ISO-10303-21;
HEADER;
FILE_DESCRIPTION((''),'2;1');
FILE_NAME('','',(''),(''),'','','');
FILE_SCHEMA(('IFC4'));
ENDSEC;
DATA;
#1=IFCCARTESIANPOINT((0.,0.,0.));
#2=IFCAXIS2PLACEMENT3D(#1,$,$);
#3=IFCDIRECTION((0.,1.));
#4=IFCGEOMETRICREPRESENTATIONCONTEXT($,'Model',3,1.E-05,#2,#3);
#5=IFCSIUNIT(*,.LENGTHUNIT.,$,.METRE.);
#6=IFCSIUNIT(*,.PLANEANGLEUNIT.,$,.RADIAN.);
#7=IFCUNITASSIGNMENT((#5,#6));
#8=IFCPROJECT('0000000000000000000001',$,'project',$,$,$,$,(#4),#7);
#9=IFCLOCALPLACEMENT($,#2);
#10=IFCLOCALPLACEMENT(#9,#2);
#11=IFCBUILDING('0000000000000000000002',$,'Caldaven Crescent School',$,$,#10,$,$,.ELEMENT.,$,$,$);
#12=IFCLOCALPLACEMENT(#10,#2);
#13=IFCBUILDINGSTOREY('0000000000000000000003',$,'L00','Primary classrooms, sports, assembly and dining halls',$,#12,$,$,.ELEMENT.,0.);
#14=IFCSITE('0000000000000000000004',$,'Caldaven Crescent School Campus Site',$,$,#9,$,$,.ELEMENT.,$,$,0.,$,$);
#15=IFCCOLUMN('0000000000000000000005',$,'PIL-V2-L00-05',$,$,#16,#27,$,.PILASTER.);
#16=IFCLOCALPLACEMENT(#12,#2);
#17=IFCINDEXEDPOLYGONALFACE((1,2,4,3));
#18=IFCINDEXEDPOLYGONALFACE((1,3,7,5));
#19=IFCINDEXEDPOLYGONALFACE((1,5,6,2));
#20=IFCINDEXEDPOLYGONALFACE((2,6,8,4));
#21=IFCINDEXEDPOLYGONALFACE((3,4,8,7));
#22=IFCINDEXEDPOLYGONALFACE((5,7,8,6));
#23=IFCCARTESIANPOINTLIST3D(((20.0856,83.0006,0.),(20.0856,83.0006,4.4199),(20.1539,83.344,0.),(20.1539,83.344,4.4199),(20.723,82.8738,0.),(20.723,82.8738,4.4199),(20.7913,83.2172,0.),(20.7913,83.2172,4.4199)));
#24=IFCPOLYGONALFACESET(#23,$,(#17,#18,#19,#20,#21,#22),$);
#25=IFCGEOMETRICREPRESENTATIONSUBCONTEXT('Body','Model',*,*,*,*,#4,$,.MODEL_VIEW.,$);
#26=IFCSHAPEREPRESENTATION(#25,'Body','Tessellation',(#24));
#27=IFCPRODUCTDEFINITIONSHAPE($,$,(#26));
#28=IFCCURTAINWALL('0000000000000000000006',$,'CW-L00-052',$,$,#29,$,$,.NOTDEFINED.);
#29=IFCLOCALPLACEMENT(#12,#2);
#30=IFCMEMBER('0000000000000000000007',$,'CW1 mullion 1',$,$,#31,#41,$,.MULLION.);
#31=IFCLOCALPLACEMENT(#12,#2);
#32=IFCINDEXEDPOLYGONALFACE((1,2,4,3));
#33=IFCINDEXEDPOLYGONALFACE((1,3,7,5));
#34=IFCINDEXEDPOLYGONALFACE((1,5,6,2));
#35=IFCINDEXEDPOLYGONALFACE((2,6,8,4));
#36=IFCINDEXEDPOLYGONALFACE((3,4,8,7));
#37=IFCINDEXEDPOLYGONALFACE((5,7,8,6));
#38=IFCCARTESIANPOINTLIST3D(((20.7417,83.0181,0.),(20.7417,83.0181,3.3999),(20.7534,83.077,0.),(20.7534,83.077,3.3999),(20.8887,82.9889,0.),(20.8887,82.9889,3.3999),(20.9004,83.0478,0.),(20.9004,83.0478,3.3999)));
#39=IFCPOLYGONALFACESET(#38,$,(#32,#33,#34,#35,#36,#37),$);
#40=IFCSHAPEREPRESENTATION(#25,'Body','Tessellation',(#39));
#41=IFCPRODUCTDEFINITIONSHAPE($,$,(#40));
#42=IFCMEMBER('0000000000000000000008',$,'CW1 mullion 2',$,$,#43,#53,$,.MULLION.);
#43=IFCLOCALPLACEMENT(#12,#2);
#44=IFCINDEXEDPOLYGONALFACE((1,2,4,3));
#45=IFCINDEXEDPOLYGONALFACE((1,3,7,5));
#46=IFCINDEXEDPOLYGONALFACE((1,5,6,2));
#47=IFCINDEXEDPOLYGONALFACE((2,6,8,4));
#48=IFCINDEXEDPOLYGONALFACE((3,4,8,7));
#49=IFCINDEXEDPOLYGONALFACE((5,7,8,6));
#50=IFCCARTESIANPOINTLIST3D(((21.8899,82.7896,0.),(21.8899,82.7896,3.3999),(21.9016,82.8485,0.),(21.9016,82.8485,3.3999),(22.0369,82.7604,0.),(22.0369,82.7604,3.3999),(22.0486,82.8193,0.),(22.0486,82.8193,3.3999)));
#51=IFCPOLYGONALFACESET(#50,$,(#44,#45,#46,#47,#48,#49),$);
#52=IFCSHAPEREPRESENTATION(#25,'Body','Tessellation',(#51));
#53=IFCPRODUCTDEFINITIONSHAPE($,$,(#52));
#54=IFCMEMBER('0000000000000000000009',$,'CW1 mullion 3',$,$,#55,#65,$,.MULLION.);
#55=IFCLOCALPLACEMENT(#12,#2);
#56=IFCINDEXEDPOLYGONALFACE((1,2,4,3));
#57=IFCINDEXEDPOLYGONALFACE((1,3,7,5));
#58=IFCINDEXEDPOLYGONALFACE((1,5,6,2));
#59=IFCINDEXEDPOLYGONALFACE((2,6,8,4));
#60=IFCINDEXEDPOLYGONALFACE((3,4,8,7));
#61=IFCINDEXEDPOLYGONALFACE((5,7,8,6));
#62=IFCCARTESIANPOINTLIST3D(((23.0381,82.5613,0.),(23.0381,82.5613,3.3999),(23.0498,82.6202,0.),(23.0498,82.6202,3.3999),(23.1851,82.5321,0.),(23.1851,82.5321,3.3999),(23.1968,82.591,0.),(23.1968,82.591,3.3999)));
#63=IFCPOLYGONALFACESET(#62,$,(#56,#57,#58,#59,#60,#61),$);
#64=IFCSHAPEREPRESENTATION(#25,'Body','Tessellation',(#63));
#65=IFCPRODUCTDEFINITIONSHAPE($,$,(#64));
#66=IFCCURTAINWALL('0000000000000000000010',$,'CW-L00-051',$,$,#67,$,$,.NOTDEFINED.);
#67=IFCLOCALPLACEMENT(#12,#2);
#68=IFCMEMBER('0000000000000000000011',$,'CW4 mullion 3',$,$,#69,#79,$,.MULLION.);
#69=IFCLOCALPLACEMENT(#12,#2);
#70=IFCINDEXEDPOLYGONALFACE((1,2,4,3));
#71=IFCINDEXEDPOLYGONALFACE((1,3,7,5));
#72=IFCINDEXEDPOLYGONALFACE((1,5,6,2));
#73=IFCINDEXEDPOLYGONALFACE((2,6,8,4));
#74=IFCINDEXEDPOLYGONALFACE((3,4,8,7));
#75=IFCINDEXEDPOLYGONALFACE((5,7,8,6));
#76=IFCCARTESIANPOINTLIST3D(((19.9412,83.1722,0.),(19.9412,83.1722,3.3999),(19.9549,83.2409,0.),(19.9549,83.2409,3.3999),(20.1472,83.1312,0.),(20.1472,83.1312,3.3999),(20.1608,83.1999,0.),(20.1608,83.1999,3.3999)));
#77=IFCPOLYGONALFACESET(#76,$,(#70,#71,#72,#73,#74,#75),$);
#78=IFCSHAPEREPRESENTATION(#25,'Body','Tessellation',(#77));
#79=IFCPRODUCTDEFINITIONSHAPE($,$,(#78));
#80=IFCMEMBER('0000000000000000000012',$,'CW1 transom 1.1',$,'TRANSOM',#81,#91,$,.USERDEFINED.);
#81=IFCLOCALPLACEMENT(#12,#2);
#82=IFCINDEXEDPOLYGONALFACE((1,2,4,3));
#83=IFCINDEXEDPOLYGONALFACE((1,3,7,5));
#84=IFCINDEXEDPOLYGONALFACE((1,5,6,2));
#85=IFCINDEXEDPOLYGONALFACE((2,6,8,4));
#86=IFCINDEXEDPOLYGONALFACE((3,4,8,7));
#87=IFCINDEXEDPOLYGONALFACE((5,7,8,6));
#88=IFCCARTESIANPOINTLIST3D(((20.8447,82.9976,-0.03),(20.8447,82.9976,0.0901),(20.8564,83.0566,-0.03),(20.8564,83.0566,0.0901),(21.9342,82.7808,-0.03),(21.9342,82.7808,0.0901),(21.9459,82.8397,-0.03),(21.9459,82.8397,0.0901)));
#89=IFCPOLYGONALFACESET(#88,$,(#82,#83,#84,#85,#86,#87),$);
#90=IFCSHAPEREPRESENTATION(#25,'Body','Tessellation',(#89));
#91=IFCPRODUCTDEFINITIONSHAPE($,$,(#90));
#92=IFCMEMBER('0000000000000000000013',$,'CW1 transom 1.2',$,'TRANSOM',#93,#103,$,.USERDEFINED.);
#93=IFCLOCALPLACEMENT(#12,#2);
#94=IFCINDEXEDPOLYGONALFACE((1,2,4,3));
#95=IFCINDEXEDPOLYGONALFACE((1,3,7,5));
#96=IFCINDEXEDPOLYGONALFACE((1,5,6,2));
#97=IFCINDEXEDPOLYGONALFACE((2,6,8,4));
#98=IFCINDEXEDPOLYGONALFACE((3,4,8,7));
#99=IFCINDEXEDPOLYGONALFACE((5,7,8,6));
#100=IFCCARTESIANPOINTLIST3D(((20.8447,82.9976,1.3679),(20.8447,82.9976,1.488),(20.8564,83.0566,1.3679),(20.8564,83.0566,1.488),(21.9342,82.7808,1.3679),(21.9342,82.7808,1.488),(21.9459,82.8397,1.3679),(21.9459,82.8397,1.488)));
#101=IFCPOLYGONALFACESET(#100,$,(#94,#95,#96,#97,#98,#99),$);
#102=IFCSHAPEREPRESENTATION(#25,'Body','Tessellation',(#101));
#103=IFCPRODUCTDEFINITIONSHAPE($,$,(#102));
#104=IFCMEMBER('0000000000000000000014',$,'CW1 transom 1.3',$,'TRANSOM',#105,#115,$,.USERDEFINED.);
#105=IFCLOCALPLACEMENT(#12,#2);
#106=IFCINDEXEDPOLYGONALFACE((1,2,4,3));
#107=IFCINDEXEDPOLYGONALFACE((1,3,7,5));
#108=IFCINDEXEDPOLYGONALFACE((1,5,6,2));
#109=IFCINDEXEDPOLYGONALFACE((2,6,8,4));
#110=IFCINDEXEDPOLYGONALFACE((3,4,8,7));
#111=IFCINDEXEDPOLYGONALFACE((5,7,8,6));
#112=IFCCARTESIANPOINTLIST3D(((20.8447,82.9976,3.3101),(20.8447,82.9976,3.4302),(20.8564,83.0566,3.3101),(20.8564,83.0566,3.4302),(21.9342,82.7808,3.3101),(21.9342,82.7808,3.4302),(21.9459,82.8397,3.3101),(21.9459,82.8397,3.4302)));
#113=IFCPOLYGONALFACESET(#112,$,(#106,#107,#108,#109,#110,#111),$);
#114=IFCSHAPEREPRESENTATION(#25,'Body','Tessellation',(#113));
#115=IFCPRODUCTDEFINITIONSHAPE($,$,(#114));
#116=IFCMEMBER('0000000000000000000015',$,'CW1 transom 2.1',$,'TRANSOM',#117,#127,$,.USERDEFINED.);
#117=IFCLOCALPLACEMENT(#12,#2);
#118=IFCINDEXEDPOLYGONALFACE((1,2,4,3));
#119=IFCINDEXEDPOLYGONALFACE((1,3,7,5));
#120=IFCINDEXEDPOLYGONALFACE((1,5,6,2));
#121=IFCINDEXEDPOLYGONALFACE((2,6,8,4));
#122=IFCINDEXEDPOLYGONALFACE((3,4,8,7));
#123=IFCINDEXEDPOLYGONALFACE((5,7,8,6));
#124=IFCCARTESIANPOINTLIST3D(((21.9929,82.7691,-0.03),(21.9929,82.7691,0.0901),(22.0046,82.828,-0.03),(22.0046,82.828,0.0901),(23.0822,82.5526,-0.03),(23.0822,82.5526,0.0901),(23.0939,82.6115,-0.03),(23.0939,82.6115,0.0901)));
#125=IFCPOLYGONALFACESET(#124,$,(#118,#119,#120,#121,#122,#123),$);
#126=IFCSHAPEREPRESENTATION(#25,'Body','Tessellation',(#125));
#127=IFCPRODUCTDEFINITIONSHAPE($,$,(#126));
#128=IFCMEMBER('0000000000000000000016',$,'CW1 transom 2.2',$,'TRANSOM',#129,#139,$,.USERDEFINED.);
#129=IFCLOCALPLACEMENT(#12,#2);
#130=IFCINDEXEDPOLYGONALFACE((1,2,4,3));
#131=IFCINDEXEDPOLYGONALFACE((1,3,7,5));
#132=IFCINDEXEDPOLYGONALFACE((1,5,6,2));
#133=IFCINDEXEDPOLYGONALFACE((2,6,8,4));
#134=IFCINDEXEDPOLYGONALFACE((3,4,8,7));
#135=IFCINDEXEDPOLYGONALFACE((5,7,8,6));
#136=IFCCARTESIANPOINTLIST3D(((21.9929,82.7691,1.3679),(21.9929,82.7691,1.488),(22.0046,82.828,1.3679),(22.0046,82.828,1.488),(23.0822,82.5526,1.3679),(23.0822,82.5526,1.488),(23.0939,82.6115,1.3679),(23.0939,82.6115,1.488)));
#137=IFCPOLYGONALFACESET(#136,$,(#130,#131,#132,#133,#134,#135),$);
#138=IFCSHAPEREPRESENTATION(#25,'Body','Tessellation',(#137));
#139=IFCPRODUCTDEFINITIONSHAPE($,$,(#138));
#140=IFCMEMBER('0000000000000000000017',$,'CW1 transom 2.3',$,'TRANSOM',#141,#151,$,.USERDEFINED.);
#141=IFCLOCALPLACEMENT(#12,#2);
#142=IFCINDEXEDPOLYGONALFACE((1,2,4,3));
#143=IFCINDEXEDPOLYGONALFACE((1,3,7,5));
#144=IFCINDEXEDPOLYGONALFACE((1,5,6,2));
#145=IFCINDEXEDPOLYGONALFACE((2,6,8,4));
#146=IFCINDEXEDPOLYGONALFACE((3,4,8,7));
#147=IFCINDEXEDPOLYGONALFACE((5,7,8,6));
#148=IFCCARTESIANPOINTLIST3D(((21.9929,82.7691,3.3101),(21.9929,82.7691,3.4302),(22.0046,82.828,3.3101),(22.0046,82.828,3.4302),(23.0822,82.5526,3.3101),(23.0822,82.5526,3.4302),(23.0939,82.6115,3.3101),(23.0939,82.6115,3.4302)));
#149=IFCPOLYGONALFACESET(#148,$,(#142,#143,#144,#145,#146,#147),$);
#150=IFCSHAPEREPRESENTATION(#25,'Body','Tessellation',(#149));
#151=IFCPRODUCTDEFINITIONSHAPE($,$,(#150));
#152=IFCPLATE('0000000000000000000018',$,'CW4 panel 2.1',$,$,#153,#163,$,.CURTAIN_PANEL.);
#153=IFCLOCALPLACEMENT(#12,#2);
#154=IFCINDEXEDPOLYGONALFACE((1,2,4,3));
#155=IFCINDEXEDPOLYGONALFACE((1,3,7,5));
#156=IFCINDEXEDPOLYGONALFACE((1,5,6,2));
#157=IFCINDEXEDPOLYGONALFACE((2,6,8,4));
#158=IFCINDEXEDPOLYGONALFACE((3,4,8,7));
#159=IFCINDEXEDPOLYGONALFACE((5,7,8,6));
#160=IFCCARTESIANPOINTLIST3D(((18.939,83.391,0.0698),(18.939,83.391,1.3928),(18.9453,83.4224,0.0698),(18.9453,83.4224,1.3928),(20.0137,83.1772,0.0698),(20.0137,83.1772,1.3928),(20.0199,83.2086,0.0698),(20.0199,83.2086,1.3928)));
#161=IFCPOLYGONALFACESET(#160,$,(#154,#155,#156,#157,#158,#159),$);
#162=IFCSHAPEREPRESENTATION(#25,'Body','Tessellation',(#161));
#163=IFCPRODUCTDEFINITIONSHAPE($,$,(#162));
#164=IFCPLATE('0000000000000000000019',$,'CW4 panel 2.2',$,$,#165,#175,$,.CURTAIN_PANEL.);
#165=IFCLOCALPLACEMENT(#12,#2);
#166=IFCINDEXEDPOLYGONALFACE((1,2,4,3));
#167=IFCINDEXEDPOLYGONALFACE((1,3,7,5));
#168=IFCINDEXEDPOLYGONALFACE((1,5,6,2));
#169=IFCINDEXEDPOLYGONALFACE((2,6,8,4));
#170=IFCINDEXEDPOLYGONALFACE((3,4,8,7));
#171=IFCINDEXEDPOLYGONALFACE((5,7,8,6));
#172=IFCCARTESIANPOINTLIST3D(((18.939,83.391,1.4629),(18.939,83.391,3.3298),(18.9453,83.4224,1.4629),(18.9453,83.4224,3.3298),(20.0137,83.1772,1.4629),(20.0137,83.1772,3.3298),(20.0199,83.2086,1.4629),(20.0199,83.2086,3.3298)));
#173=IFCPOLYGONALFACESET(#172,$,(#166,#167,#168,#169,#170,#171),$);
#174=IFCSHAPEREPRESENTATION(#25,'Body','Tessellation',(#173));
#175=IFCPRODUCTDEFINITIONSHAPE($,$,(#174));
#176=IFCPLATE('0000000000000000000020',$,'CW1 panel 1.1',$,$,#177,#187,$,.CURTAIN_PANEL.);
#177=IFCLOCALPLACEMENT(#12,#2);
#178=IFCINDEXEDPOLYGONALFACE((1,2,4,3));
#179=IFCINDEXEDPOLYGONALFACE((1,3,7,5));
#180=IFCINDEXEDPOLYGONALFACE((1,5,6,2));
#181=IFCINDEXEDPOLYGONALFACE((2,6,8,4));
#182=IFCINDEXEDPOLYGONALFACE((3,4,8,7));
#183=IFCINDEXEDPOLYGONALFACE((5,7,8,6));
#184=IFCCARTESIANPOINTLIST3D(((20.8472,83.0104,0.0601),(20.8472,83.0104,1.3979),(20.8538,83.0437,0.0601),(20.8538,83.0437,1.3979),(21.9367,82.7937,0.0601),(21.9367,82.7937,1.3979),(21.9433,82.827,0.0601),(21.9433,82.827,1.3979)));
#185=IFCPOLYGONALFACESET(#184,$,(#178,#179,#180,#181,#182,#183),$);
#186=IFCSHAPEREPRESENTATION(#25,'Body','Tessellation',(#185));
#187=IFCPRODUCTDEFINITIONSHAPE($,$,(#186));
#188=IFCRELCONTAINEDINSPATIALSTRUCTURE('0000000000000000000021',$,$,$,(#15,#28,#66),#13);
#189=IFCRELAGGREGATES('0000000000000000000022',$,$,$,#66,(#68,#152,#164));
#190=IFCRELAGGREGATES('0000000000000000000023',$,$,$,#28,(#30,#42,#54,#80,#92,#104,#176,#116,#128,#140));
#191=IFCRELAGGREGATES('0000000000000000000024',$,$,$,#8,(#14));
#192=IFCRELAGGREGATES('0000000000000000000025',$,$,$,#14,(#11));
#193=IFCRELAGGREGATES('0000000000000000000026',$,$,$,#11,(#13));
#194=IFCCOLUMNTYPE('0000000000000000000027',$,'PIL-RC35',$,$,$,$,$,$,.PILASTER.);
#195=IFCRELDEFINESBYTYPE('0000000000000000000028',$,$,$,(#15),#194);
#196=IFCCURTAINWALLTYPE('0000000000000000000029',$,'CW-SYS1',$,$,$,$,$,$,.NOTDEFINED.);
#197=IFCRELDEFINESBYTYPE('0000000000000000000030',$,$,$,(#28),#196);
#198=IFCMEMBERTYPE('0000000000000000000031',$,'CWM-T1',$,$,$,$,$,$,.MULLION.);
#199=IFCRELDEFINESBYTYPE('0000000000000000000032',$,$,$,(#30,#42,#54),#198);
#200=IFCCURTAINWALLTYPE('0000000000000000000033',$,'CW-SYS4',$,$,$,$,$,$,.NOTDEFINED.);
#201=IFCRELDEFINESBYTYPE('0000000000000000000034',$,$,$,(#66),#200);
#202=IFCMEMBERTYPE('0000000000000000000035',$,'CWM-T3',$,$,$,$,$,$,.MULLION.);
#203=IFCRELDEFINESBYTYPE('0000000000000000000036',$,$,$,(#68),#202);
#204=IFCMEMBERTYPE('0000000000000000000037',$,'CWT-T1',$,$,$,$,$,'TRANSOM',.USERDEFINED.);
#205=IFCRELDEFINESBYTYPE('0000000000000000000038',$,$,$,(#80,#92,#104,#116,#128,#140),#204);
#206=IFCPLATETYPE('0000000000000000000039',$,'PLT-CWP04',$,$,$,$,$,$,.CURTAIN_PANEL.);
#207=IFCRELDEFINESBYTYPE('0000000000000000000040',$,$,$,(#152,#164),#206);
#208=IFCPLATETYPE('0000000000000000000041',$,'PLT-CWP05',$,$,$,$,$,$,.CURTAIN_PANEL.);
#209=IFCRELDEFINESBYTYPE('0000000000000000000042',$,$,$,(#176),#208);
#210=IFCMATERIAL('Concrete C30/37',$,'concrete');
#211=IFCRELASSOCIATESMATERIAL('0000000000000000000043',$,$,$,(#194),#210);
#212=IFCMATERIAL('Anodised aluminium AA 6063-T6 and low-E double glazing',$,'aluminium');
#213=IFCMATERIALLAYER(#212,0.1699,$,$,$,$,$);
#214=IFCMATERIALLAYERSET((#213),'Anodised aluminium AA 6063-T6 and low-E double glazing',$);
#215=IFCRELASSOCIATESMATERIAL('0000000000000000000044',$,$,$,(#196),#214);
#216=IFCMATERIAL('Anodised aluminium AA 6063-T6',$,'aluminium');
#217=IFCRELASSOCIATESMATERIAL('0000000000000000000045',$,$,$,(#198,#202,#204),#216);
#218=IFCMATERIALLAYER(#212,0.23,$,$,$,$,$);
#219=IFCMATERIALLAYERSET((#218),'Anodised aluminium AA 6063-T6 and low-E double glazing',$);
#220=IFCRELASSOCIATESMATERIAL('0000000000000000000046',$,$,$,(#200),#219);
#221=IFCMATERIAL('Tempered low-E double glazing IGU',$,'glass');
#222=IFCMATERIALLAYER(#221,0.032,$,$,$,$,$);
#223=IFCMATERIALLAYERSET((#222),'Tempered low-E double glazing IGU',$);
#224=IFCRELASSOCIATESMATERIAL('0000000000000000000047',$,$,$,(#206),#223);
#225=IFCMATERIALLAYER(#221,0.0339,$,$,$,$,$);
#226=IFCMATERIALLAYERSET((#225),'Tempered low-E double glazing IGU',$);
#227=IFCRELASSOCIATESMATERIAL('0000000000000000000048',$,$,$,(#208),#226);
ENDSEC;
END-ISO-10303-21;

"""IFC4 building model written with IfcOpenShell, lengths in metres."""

from ifc_helpers import new_model, si_unit, direction, frame, origin, origin_2d, place, context, subcontext, project, spatial, rectangle, extrude, material, layer, layer_set, material_profile, profile_set, type_object, element, aggregate, save


model = new_model("IFC4")

# Units and contexts
model_context = context("Model", 3, precision=1e-05, world=origin(), true_north=direction((0.0, 1.0)))
body_context = subcontext(model_context, "Body", "Model", "MODEL_VIEW")
ifc_project = project(units=[si_unit("LENGTHUNIT", "METRE"), si_unit("PLANEANGLEUNIT", "RADIAN")], contexts=[model_context])

# Site, building, storey
site_placement = place(None, origin())
site = spatial("IfcSite", under=ifc_project, at=site_placement, Name="Caldaven Crescent School Campus Site", CompositionType="ELEMENT", RefElevation=0.0)
building_placement = place(site_placement, origin())
building = spatial("IfcBuilding", under=site, at=building_placement, Name="Caldaven Crescent School", CompositionType="ELEMENT")
storey_placement = place(building_placement, origin())
storey = spatial("IfcBuildingStorey", under=building, at=storey_placement, Name="L00", Description="Primary classrooms, sports, assembly and dining halls", CompositionType="ELEMENT", Elevation=0.0)

# Column
ifc_material_1 = material(Name="Concrete C30/37", Category="concrete")
ifc_material_profile_1 = material_profile(ifc_material_1, rectangle(XDim=0.3501, YDim=0.6499, at=origin_2d()), Name="RC 350x650")
ifc_profile_set_1 = profile_set([ifc_material_profile_1], Name="Concrete C30/37")
column_type = type_object("IfcColumnType", Name="PIL-RC35", PredefinedType="PILASTER", material=ifc_profile_set_1)
column_placement = place(storey_placement, frame((20.4385, 83.1089, 0.0), z_axis=(0.0, 0.0, 1.0), x_axis=(-0.19509, -0.980785, 0.0)))
element("IfcColumn", 1, at=column_placement, inside=storey, type_object=column_type, Name="PIL-V2-L00-05", PredefinedType="PILASTER", context=body_context, shape_type="SweptSolid", body=[
    extrude(rectangle(XDim=0.3501, YDim=0.6499, at=origin_2d()), origin(), (0.0, 0.0, 1.0), 4.4199),
])

# Curtain wall, members
ifc_material_2 = material(Name="Anodised aluminium AA 6063-T6 and low-E double glazing", Category="aluminium")
ifc_layer_1 = layer(ifc_material_2, 0.1699)
ifc_layer_set_1 = layer_set([ifc_layer_1], Name="Anodised aluminium AA 6063-T6 and low-E double glazing")
curtain_wall_type_1 = type_object("IfcCurtainWallType", Name="CW-SYS1", PredefinedType="NOTDEFINED", material=ifc_layer_set_1)
curtain_wall_1_placement = place(storey_placement, origin())
curtain_wall_1 = element("IfcCurtainWall", 2, at=curtain_wall_1_placement, inside=storey, type_object=curtain_wall_type_1, Name="CW-L00-052", PredefinedType="NOTDEFINED")
ifc_material_3 = material(Name="Anodised aluminium AA 6063-T6", Category="aluminium")
ifc_material_profile_2 = material_profile(ifc_material_3, rectangle(XDim=0.0601, YDim=0.1499, at=origin_2d()), Name="CWM 60x150")
ifc_profile_set_2 = profile_set([ifc_material_profile_2], Name="Anodised aluminium AA 6063-T6")
member_type_1 = type_object("IfcMemberType", Name="CWM-T1", PredefinedType="MULLION", material=ifc_profile_set_2)
member_1_placement = place(storey_placement, frame((20.821, 83.033, 0.0), z_axis=(0.0, 0.0, 1.0), x_axis=(0.195091, 0.980785, 0.0)))
member_1 = element("IfcMember", 3, at=member_1_placement, type_object=member_type_1, Name="CW1 mullion 1", PredefinedType="MULLION", context=body_context, shape_type="SweptSolid", body=[
    extrude(rectangle(XDim=0.0601, YDim=0.1499, at=origin_2d()), origin(), (0.0, 0.0, 1.0), 3.3999),
])
member_2_placement = place(storey_placement, frame((21.9692, 82.8044, 0.0), z_axis=(0.0, 0.0, 1.0), x_axis=(0.195091, 0.980785, 0.0)))
member_2 = element("IfcMember", 4, at=member_2_placement, type_object=member_type_1, Name="CW1 mullion 2", PredefinedType="MULLION", context=body_context, shape_type="SweptSolid", body=[
    extrude(rectangle(XDim=0.0601, YDim=0.1499, at=origin_2d()), origin(), (0.0, 0.0, 1.0), 3.3999),
])
member_3_placement = place(storey_placement, frame((23.1174, 82.5762, 0.0), z_axis=(0.0, 0.0, 1.0), x_axis=(0.195091, 0.980785, 0.0)))
member_3 = element("IfcMember", 5, at=member_3_placement, type_object=member_type_1, Name="CW1 mullion 3", PredefinedType="MULLION", context=body_context, shape_type="SweptSolid", body=[
    extrude(rectangle(XDim=0.0601, YDim=0.1499, at=origin_2d()), origin(), (0.0, 0.0, 1.0), 3.3999),
])

# Curtain wall, member
ifc_layer_2 = layer(ifc_material_2, 0.23)
ifc_layer_set_2 = layer_set([ifc_layer_2], Name="Anodised aluminium AA 6063-T6 and low-E double glazing")
curtain_wall_type_2 = type_object("IfcCurtainWallType", Name="CW-SYS4", PredefinedType="NOTDEFINED", material=ifc_layer_set_2)
curtain_wall_2_placement = place(storey_placement, origin())
curtain_wall_2 = element("IfcCurtainWall", 6, at=curtain_wall_2_placement, inside=storey, type_object=curtain_wall_type_2, Name="CW-L00-051", PredefinedType="NOTDEFINED")
ifc_material_profile_3 = material_profile(ifc_material_3, rectangle(XDim=0.0701, YDim=0.21, at=origin_2d()), Name="CWM 70x210")
ifc_profile_set_3 = profile_set([ifc_material_profile_3], Name="Anodised aluminium AA 6063-T6")
member_type_2 = type_object("IfcMemberType", Name="CWM-T3", PredefinedType="MULLION", material=ifc_profile_set_3)
member_4_placement = place(storey_placement, frame((20.051, 83.186, 0.0), z_axis=(0.0, 0.0, 1.0), x_axis=(0.195087, 0.980786, 0.0)))
member_4 = element("IfcMember", 7, at=member_4_placement, type_object=member_type_2, Name="CW4 mullion 3", PredefinedType="MULLION", context=body_context, shape_type="SweptSolid", body=[
    extrude(rectangle(XDim=0.0701, YDim=0.21, at=origin_2d()), origin(), (0.0, 0.0, 1.0), 3.3999),
])

# Members
ifc_material_profile_4 = material_profile(ifc_material_3, rectangle(XDim=0.0601, YDim=0.1201, at=origin_2d()), Name="CWT 60x120")
ifc_profile_set_4 = profile_set([ifc_material_profile_4], Name="Anodised aluminium AA 6063-T6")
member_type_3 = type_object("IfcMemberType", Name="CWT-T1", ElementType="TRANSOM", PredefinedType="USERDEFINED", material=ifc_profile_set_4)
member_5_placement = place(storey_placement, frame((20.8506, 83.0271, 0.03), z_axis=(0.980766, -0.195186, 0.0), x_axis=(0.195186, 0.980766, 0.0)))
member_5 = element("IfcMember", 8, at=member_5_placement, type_object=member_type_3, Name="CW1 transom 1.1", ObjectType="TRANSOM", PredefinedType="USERDEFINED", context=body_context, shape_type="SweptSolid", body=[
    extrude(rectangle(XDim=0.0601, YDim=0.1201, at=origin_2d()), origin(), (0.0, 0.0, 1.0), 1.1108),
])
member_6_placement = place(storey_placement, frame((20.8506, 83.0271, 1.428), z_axis=(0.980766, -0.195186, 0.0), x_axis=(0.195186, 0.980766, 0.0)))
member_6 = element("IfcMember", 9, at=member_6_placement, type_object=member_type_3, Name="CW1 transom 1.2", ObjectType="TRANSOM", PredefinedType="USERDEFINED", context=body_context, shape_type="SweptSolid", body=[
    extrude(rectangle(XDim=0.0601, YDim=0.1201, at=origin_2d()), origin(), (0.0, 0.0, 1.0), 1.1108),
])
member_7_placement = place(storey_placement, frame((20.8506, 83.0271, 3.3701), z_axis=(0.980766, -0.195186, 0.0), x_axis=(0.195186, 0.980766, 0.0)))
member_7 = element("IfcMember", 10, at=member_7_placement, type_object=member_type_3, Name="CW1 transom 1.3", ObjectType="TRANSOM", PredefinedType="USERDEFINED", context=body_context, shape_type="SweptSolid", body=[
    extrude(rectangle(XDim=0.0601, YDim=0.1201, at=origin_2d()), origin(), (0.0, 0.0, 1.0), 1.1108),
])
member_8_placement = place(storey_placement, frame((21.9988, 82.7986, 0.03), z_axis=(0.980808, -0.194975, 0.0), x_axis=(0.194975, 0.980808, 0.0)))
member_8 = element("IfcMember", 11, at=member_8_placement, type_object=member_type_3, Name="CW1 transom 2.1", ObjectType="TRANSOM", PredefinedType="USERDEFINED", context=body_context, shape_type="SweptSolid", body=[
    extrude(rectangle(XDim=0.0601, YDim=0.1201, at=origin_2d()), origin(), (0.0, 0.0, 1.0), 1.1106),
])
member_9_placement = place(storey_placement, frame((21.9988, 82.7986, 1.428), z_axis=(0.980808, -0.194975, 0.0), x_axis=(0.194975, 0.980808, 0.0)))
member_9 = element("IfcMember", 12, at=member_9_placement, type_object=member_type_3, Name="CW1 transom 2.2", ObjectType="TRANSOM", PredefinedType="USERDEFINED", context=body_context, shape_type="SweptSolid", body=[
    extrude(rectangle(XDim=0.0601, YDim=0.1201, at=origin_2d()), origin(), (0.0, 0.0, 1.0), 1.1106),
])
member_10_placement = place(storey_placement, frame((21.9988, 82.7986, 3.3701), z_axis=(0.980808, -0.194975, 0.0), x_axis=(0.194975, 0.980808, 0.0)))
member_10 = element("IfcMember", 13, at=member_10_placement, type_object=member_type_3, Name="CW1 transom 2.3", ObjectType="TRANSOM", PredefinedType="USERDEFINED", context=body_context, shape_type="SweptSolid", body=[
    extrude(rectangle(XDim=0.0601, YDim=0.1201, at=origin_2d()), origin(), (0.0, 0.0, 1.0), 1.1106),
])

# Plates
ifc_material_4 = material(Name="Tempered low-E double glazing IGU", Category="glass")
ifc_layer_3 = layer(ifc_material_4, 0.032)
ifc_layer_set_3 = layer_set([ifc_layer_3], Name="Tempered low-E double glazing IGU")
plate_type_1 = type_object("IfcPlateType", Name="PLT-CWP04", PredefinedType="CURTAIN_PANEL", material=ifc_layer_set_3)
plate_1_placement = place(storey_placement, frame((19.4795, 83.2998, 0.0698), z_axis=(0.0, 0.0, 1.0), x_axis=(0.980786, -0.195087, 0.0)))
plate_1 = element("IfcPlate", 14, at=plate_1_placement, type_object=plate_type_1, Name="CW4 panel 2.1", PredefinedType="CURTAIN_PANEL", context=body_context, shape_type="SweptSolid", body=[
    extrude(rectangle(XDim=1.0957, YDim=0.032, at=origin_2d()), origin(), (0.0, 0.0, 1.0), 1.323),
])
plate_2_placement = place(storey_placement, frame((19.4795, 83.2998, 1.4629), z_axis=(0.0, 0.0, 1.0), x_axis=(0.980786, -0.195087, 0.0)))
plate_2 = element("IfcPlate", 15, at=plate_2_placement, type_object=plate_type_1, Name="CW4 panel 2.2", PredefinedType="CURTAIN_PANEL", context=body_context, shape_type="SweptSolid", body=[
    extrude(rectangle(XDim=1.0957, YDim=0.032, at=origin_2d()), origin(), (0.0, 0.0, 1.0), 1.8669),
])
aggregate(curtain_wall_2, [member_4, plate_1, plate_2])
ifc_layer_4 = layer(ifc_material_4, 0.0339)
ifc_layer_set_4 = layer_set([ifc_layer_4], Name="Tempered low-E double glazing IGU")
plate_type_2 = type_object("IfcPlateType", Name="PLT-CWP05", PredefinedType="CURTAIN_PANEL", material=ifc_layer_set_4)
plate_3_placement = place(storey_placement, frame((21.3953, 82.9187, 0.0601), z_axis=(0.0, 0.0, 1.0), x_axis=(0.980785, -0.195091, 0.0)))
plate_3 = element("IfcPlate", 16, at=plate_3_placement, type_object=plate_type_2, Name="CW1 panel 1.1", PredefinedType="CURTAIN_PANEL", context=body_context, shape_type="SweptSolid", body=[
    extrude(rectangle(XDim=1.1108, YDim=0.0339, at=origin_2d()), origin(), (0.0, 0.0, 1.0), 1.3379),
])
aggregate(curtain_wall_1, [member_1, member_2, member_3, member_5, member_6, member_7, plate_3, member_8, member_9, member_10])

save(model, "model.ifc")
